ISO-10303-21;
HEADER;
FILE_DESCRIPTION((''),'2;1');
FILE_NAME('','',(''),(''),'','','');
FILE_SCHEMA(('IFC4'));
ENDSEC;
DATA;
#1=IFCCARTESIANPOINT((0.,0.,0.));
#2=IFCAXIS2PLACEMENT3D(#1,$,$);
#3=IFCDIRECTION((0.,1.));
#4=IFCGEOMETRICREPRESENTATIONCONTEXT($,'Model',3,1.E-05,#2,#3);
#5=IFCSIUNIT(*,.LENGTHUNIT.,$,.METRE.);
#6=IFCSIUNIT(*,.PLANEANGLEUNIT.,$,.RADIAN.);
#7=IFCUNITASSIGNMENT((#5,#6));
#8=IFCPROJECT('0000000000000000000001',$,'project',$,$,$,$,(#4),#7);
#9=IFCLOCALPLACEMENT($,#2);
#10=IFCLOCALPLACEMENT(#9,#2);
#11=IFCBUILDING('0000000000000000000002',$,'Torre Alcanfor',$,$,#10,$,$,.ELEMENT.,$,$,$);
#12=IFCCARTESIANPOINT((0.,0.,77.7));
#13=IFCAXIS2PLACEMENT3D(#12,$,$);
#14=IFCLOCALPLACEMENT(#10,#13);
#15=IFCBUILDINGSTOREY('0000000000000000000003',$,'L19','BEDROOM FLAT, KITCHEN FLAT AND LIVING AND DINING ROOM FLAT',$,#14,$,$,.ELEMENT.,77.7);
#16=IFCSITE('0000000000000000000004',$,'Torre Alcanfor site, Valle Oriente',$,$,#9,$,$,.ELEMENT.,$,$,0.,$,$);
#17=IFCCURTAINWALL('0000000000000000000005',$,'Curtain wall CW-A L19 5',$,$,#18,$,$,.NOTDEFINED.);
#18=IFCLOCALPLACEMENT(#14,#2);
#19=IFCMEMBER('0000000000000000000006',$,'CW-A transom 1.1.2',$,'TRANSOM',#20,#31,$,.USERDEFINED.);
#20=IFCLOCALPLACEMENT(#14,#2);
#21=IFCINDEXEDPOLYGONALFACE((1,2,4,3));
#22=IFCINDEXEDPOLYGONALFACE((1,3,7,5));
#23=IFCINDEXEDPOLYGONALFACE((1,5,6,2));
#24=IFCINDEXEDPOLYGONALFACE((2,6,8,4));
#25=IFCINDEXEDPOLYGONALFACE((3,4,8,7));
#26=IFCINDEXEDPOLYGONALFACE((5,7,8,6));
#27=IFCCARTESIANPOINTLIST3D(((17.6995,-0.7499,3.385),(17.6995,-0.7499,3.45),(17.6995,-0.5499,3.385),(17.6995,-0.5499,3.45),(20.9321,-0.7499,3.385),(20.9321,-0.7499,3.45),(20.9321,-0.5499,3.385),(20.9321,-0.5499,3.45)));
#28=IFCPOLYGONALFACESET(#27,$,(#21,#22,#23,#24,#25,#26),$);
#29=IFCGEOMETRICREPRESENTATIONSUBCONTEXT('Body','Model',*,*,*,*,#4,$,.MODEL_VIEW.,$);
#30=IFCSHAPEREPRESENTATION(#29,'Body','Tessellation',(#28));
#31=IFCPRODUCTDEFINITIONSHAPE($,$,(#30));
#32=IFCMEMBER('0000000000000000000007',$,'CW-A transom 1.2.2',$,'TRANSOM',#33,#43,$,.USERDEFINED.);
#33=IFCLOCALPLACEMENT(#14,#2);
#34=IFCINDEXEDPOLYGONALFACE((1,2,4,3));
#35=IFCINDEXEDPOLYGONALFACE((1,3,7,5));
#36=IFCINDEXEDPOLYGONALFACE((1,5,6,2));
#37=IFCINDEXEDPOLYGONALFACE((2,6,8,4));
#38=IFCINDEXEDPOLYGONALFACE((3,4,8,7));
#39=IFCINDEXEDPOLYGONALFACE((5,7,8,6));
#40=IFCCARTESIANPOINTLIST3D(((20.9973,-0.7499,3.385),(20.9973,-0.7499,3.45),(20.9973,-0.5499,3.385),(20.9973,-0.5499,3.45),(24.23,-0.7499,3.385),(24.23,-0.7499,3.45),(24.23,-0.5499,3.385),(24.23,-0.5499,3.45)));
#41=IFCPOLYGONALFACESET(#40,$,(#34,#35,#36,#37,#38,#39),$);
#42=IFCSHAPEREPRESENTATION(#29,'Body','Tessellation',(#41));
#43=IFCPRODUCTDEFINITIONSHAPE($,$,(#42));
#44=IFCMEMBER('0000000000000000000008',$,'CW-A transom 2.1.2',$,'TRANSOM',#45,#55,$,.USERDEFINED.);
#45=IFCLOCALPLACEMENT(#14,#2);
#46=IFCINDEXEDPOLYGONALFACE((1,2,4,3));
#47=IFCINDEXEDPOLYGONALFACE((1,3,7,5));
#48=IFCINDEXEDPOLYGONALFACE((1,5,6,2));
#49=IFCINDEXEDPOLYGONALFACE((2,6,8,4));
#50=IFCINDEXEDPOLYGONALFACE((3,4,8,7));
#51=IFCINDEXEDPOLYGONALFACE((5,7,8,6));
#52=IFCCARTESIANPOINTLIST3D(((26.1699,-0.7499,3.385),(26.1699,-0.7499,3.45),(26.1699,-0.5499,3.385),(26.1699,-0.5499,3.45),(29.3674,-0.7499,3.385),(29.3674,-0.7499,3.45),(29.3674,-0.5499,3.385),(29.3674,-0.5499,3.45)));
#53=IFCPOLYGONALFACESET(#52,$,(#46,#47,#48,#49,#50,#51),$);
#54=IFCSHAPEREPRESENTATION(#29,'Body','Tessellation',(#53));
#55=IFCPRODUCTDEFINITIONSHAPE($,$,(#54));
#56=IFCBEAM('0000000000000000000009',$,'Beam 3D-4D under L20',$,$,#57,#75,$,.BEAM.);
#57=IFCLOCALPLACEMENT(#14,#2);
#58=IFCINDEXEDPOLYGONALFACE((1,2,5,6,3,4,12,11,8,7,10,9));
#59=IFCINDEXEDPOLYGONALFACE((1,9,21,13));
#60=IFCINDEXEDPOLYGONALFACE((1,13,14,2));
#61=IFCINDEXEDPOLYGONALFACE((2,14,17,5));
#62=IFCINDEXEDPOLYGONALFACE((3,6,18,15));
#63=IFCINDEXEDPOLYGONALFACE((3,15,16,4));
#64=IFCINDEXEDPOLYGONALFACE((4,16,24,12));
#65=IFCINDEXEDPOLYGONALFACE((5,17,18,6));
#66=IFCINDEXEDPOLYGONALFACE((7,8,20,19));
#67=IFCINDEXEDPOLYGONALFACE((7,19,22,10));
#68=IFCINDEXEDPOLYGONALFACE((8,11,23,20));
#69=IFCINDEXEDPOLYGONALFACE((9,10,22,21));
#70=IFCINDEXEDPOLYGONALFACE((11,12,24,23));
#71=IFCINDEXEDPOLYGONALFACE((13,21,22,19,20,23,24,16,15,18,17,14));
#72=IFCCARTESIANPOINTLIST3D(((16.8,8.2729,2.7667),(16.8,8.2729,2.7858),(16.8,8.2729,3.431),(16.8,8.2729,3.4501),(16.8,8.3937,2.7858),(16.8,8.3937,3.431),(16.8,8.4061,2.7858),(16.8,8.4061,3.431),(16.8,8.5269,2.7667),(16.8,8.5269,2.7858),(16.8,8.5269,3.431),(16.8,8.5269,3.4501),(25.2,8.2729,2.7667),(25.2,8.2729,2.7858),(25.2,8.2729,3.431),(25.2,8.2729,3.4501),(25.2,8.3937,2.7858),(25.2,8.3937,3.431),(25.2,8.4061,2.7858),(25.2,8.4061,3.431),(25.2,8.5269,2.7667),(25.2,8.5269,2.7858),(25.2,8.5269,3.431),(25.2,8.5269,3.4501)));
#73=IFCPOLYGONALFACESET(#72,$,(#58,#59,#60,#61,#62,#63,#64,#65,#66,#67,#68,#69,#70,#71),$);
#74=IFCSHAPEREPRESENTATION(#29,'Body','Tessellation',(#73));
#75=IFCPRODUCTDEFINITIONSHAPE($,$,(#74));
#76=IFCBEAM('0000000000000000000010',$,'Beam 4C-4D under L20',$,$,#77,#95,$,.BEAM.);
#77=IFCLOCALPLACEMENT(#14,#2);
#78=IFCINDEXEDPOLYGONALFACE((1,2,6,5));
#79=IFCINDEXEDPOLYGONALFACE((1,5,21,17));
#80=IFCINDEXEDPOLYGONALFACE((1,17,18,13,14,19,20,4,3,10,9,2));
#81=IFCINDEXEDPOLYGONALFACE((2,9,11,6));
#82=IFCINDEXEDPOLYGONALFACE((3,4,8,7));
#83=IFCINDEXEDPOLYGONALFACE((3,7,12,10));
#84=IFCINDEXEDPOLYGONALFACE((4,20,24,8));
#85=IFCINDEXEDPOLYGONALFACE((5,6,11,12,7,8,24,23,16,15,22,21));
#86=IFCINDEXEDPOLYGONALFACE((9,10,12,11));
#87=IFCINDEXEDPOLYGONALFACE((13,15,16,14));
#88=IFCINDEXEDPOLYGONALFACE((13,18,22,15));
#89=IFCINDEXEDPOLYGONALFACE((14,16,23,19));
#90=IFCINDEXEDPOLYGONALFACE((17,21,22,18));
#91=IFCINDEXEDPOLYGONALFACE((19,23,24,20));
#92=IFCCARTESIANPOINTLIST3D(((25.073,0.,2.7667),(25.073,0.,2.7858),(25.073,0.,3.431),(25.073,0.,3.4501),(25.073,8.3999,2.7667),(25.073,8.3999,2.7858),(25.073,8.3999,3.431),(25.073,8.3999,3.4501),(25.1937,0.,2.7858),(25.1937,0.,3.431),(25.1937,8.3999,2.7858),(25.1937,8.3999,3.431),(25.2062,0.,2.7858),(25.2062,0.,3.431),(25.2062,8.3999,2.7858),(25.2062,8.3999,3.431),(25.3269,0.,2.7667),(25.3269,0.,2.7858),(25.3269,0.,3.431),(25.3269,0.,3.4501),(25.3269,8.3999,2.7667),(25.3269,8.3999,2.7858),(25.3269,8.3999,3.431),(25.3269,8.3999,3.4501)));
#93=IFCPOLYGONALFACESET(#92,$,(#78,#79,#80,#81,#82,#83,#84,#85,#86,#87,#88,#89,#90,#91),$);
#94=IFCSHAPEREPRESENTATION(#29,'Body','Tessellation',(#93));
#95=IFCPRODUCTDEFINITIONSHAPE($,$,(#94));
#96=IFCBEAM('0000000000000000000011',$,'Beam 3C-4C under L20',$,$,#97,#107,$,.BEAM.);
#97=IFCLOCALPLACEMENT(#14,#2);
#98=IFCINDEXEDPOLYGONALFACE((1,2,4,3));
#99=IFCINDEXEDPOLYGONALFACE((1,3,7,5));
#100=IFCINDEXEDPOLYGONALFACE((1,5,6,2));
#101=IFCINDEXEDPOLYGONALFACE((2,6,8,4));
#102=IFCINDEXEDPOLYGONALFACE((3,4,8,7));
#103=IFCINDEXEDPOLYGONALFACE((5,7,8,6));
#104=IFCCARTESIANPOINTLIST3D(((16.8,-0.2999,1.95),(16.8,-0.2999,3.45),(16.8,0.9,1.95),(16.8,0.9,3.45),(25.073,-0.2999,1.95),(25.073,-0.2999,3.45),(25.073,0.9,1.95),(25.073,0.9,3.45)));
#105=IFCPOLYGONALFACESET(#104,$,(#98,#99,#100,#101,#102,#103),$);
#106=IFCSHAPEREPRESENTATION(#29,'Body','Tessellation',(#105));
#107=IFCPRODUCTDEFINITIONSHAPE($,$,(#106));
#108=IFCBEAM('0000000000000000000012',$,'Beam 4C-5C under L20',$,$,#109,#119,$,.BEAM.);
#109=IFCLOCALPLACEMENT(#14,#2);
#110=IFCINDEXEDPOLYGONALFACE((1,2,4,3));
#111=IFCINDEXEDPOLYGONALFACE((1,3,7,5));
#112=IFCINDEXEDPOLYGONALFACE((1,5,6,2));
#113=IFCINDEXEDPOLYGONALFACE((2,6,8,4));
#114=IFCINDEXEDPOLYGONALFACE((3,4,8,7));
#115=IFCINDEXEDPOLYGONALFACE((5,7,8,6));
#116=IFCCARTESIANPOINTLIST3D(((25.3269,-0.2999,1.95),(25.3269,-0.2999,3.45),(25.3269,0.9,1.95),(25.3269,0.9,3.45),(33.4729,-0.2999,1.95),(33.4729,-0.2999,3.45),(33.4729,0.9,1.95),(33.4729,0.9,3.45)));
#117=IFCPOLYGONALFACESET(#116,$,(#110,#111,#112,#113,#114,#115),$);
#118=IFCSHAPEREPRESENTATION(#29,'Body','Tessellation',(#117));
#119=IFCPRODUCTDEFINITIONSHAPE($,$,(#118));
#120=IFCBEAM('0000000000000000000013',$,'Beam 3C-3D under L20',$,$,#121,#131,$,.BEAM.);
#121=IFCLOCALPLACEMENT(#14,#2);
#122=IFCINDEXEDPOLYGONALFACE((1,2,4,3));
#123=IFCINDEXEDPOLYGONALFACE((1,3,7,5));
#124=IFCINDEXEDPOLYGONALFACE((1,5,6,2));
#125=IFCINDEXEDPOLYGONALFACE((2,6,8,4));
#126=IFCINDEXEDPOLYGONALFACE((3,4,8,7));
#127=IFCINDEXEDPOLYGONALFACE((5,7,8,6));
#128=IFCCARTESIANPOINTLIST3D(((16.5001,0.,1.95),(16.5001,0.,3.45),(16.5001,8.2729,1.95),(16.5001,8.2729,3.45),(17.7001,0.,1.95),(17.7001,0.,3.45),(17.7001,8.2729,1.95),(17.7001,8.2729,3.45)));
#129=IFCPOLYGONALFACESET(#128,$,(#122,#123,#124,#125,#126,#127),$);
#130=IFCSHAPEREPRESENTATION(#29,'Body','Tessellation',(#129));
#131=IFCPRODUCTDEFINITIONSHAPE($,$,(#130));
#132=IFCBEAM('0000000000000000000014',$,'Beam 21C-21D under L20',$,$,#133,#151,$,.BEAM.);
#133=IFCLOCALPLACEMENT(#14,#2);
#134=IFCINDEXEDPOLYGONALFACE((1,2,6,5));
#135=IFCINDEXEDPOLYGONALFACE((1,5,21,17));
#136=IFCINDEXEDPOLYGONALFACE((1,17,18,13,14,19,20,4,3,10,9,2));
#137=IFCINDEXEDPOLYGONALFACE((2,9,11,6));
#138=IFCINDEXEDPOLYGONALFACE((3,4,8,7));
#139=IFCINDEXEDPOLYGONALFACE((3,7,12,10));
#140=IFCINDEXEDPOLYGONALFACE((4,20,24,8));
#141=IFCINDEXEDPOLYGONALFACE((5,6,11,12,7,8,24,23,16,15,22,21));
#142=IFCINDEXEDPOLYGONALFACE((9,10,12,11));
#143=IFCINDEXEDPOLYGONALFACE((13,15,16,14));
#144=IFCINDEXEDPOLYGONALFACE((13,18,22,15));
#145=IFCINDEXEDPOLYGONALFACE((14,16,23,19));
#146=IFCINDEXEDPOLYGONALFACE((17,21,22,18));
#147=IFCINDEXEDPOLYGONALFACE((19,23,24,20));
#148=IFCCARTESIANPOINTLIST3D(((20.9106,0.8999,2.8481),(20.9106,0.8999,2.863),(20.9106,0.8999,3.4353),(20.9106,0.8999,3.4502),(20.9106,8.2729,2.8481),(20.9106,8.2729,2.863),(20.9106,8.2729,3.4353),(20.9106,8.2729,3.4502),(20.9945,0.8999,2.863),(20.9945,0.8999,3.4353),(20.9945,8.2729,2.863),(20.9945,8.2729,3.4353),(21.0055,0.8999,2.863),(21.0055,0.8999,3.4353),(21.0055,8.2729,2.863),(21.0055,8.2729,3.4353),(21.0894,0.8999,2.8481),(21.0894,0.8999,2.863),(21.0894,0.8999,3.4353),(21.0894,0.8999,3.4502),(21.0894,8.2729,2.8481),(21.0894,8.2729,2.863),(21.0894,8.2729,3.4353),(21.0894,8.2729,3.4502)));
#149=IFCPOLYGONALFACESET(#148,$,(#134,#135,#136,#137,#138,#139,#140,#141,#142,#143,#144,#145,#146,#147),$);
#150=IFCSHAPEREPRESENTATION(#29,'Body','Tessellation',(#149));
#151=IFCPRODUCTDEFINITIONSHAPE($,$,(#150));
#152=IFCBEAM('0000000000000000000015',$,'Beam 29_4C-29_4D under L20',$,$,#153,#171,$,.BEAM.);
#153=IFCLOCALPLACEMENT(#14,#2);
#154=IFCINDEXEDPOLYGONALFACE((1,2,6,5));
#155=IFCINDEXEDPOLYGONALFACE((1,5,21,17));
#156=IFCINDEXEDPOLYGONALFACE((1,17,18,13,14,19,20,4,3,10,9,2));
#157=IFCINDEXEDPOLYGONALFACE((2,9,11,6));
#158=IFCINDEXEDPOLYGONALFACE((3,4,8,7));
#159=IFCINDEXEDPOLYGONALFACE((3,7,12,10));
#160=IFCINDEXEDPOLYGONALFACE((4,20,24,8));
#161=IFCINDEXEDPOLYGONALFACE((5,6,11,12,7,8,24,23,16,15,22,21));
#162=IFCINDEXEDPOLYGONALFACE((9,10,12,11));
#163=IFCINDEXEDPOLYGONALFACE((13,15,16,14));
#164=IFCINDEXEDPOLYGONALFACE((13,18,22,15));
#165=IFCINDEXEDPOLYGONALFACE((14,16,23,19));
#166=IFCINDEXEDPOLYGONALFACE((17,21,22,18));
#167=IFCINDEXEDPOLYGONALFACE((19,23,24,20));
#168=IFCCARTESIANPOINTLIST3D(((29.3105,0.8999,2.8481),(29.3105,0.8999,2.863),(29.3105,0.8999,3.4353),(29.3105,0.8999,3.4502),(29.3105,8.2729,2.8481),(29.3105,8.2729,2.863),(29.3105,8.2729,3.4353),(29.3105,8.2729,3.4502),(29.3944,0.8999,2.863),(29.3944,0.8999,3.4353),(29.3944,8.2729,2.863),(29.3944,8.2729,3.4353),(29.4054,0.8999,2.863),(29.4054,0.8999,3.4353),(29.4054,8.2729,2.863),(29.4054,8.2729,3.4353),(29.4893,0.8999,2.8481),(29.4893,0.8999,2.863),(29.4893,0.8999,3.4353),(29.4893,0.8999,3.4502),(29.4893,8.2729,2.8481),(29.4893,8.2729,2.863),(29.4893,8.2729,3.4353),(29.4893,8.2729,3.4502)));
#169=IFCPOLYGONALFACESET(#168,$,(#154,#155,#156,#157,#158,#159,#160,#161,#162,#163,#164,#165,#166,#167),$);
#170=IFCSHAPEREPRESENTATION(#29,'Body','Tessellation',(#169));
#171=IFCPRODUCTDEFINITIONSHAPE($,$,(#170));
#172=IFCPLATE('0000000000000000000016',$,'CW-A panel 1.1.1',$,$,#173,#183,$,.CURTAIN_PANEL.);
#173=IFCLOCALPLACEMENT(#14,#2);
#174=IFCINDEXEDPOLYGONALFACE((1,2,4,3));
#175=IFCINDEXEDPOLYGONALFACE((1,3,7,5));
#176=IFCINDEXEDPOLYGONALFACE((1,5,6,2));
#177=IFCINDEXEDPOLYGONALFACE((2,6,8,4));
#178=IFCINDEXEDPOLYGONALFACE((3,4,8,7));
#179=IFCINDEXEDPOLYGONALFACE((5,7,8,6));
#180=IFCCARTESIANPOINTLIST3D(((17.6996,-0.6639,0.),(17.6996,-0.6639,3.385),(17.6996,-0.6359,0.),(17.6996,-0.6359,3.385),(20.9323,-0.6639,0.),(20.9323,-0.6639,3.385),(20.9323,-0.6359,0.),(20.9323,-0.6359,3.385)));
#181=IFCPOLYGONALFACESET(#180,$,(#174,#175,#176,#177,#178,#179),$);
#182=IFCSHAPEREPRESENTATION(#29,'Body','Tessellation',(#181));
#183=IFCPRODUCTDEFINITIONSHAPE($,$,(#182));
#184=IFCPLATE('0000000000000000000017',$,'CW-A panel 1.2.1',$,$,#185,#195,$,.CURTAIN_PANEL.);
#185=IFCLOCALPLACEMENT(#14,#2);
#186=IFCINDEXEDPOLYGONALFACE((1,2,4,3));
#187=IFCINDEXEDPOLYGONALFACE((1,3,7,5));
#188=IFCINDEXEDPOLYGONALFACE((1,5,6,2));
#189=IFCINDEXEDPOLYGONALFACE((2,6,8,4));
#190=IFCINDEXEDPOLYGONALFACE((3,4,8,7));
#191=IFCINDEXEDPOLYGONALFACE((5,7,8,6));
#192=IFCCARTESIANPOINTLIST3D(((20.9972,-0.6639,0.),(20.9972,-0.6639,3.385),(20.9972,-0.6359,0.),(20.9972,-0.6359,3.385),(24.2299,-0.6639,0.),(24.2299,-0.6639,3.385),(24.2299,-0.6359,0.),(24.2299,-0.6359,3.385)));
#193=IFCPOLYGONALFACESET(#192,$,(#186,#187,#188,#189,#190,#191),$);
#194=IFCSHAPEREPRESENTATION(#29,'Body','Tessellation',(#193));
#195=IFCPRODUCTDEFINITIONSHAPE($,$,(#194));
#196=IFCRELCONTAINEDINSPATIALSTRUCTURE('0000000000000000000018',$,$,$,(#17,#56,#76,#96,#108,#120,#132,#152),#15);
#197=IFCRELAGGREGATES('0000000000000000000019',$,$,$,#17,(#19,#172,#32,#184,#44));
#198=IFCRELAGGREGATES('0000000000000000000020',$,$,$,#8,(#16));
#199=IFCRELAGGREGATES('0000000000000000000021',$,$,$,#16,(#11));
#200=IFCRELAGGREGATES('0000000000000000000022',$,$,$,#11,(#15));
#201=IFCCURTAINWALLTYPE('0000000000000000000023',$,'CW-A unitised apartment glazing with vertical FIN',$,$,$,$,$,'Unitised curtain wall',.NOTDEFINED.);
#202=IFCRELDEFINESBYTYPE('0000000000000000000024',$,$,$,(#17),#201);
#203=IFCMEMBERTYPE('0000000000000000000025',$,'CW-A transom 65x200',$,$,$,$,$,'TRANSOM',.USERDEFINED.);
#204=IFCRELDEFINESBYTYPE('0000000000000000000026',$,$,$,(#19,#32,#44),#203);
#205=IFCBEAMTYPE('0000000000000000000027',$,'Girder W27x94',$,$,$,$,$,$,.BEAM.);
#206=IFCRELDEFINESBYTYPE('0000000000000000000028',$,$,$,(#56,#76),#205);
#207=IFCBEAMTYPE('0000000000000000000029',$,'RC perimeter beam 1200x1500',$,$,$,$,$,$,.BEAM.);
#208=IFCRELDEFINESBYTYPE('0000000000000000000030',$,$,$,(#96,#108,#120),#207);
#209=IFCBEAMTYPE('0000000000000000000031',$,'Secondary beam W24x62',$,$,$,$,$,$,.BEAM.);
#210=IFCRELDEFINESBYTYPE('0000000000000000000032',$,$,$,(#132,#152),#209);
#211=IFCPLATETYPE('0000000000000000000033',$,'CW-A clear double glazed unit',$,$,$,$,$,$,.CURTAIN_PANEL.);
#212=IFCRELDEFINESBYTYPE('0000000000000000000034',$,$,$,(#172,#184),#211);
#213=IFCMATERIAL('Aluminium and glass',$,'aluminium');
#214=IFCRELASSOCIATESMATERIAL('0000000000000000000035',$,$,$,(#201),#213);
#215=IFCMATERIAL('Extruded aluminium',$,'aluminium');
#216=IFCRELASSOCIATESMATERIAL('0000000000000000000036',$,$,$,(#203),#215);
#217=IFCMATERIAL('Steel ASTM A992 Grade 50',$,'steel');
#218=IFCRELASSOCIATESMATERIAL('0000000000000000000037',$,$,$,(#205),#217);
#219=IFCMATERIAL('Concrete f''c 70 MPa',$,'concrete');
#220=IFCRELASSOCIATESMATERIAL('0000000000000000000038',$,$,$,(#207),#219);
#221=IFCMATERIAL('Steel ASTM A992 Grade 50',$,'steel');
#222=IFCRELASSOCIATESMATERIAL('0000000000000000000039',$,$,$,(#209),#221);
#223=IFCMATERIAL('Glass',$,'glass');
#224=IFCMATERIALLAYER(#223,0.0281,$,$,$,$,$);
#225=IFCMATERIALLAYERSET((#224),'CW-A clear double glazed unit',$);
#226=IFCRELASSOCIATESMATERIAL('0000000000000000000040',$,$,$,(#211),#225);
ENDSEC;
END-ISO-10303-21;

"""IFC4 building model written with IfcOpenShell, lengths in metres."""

from ifc_helpers import new_model, si_unit, direction, frame, origin, origin_2d, place, context, subcontext, project, spatial, rectangle, i_section, extrude, material, layer, layer_set, material_profile, profile_set, type_object, element, aggregate, save


model = new_model("IFC4")

# Units and contexts
model_context = context("Model", 3, precision=1e-05, world=origin(), true_north=direction((0.0, 1.0)))
body_context = subcontext(model_context, "Body", "Model", "MODEL_VIEW")
ifc_project = project(units=[si_unit("LENGTHUNIT", "METRE"), si_unit("PLANEANGLEUNIT", "RADIAN")], contexts=[model_context])

# Site, building, storey
site_placement = place(None, origin())
site = spatial("IfcSite", under=ifc_project, at=site_placement, Name="Torre Alcanfor site, Valle Oriente", CompositionType="ELEMENT", RefElevation=0.0)
building_placement = place(site_placement, origin())
building = spatial("IfcBuilding", under=site, at=building_placement, Name="Torre Alcanfor", CompositionType="ELEMENT")
storey_placement = place(building_placement, frame((0.0, 0.0, 77.7)))
storey = spatial("IfcBuildingStorey", under=building, at=storey_placement, Name="L19", Description="BEDROOM FLAT, KITCHEN FLAT AND LIVING AND DINING ROOM FLAT", CompositionType="ELEMENT", Elevation=77.7)

# Curtain wall, members
ifc_material_1 = material(Name="Aluminium and glass", Category="aluminium")
curtain_wall_type = type_object("IfcCurtainWallType", Name="CW-A unitised apartment glazing with vertical FIN", ElementType="Unitised curtain wall", PredefinedType="NOTDEFINED", material=ifc_material_1)
curtain_wall_placement = place(storey_placement, origin())
curtain_wall = element("IfcCurtainWall", 1, at=curtain_wall_placement, inside=storey, type_object=curtain_wall_type, Name="Curtain wall CW-A L19 5", PredefinedType="NOTDEFINED")
ifc_material_2 = material(Name="Extruded aluminium", Category="aluminium")
ifc_material_profile_1 = material_profile(ifc_material_2, rectangle(XDim=0.2, YDim=0.0649, at=origin_2d()), Name="CW-A transom 200x65")
ifc_profile_set_1 = profile_set([ifc_material_profile_1], Name="Extruded aluminium")
member_type_1 = type_object("IfcMemberType", Name="CW-A transom 65x200", ElementType="TRANSOM", PredefinedType="USERDEFINED", material=ifc_profile_set_1)
member_1_placement = place(storey_placement, frame((17.6995, -0.6499, 3.4175), z_axis=(1.0, 0.0, 0.0), x_axis=(0.0, 1.0, 0.0)))
member_1 = element("IfcMember", 2, at=member_1_placement, type_object=member_type_1, Name="CW-A transom 1.1.2", ObjectType="TRANSOM", PredefinedType="USERDEFINED", context=body_context, shape_type="SweptSolid", body=[
    extrude(rectangle(XDim=0.2, YDim=0.0649, at=origin_2d()), origin(), (0.0, 0.0, 1.0), 3.2327),
])
member_2_placement = place(storey_placement, frame((20.9973, -0.6499, 3.4175), z_axis=(1.0, 0.0, 0.0), x_axis=(0.0, 1.0, 0.0)))
member_2 = element("IfcMember", 3, at=member_2_placement, type_object=member_type_1, Name="CW-A transom 1.2.2", ObjectType="TRANSOM", PredefinedType="USERDEFINED", context=body_context, shape_type="SweptSolid", body=[
    extrude(rectangle(XDim=0.2, YDim=0.0649, at=origin_2d()), origin(), (0.0, 0.0, 1.0), 3.2327),
])
member_3_placement = place(storey_placement, frame((26.1699, -0.6499, 3.4175), z_axis=(1.0, 0.0, 0.0), x_axis=(0.0, 1.0, 0.0)))
member_3 = element("IfcMember", 4, at=member_3_placement, type_object=member_type_1, Name="CW-A transom 2.1.2", ObjectType="TRANSOM", PredefinedType="USERDEFINED", context=body_context, shape_type="SweptSolid", body=[
    extrude(rectangle(XDim=0.2, YDim=0.0649, at=origin_2d()), origin(), (0.0, 0.0, 1.0), 3.1975),
])

# Beams
ifc_material_3 = material(Name="Steel ASTM A992 Grade 50", Category="steel")
ifc_material_profile_2 = material_profile(ifc_material_3, i_section(OverallWidth=0.2539, OverallDepth=0.6833, WebThickness=0.0125, FlangeThickness=0.019, at=origin_2d()), Name="W27x94")
ifc_profile_set_2 = profile_set([ifc_material_profile_2], Name="Steel ASTM A992 Grade 50")
beam_type_1 = type_object("IfcBeamType", Name="Girder W27x94", PredefinedType="BEAM", material=ifc_profile_set_2)
for number, where, z_axis, x_axis, name in (
    (5, (16.8, 8.3999, 3.1084), (1.0, 0.0, 0.0), (0.0, 1.0, 0.0), "Beam 3D-4D under L20"),
    (6, (25.2, 0.0, 3.1084), (0.0, 1.0, 0.0), (-1.0, 0.0, 0.0), "Beam 4C-4D under L20"),
):
    element("IfcBeam", number, at=place(storey_placement, frame(where, z_axis=z_axis, x_axis=x_axis)), inside=storey, type_object=beam_type_1, Name=name, PredefinedType="BEAM", context=body_context, shape_type="SweptSolid", body=[
        extrude(i_section(OverallWidth=0.2539, OverallDepth=0.6833, WebThickness=0.0125, FlangeThickness=0.019, at=origin_2d()), origin(), (0.0, 0.0, 1.0), 8.3999),
    ])
ifc_material_4 = material(Name="Concrete f'c 70 MPa", Category="concrete")
ifc_material_profile_3 = material_profile(ifc_material_4, rectangle(XDim=1.2, YDim=1.5, at=origin_2d()), Name="1200x1500")
ifc_profile_set_3 = profile_set([ifc_material_profile_3], Name="Concrete f'c 70 MPa")
beam_type_2 = type_object("IfcBeamType", Name="RC perimeter beam 1200x1500", PredefinedType="BEAM", material=ifc_profile_set_3)
beam_1_placement = place(storey_placement, frame((16.8, 0.3, 2.7), z_axis=(1.0, 0.0, 0.0), x_axis=(0.0, 1.0, 0.0)))
element("IfcBeam", 7, at=beam_1_placement, inside=storey, type_object=beam_type_2, Name="Beam 3C-4C under L20", PredefinedType="BEAM", context=body_context, shape_type="SweptSolid", body=[
    extrude(rectangle(XDim=1.2, YDim=1.5, at=origin_2d()), origin(), (0.0, 0.0, 1.0), 8.2729),
])
beam_2_placement = place(storey_placement, frame((25.3269, 0.3, 2.7), z_axis=(1.0, 0.0, 0.0), x_axis=(0.0, 1.0, 0.0)))
element("IfcBeam", 8, at=beam_2_placement, inside=storey, type_object=beam_type_2, Name="Beam 4C-5C under L20", PredefinedType="BEAM", context=body_context, shape_type="SweptSolid", body=[
    extrude(rectangle(XDim=1.2, YDim=1.5, at=origin_2d()), origin(), (0.0, 0.0, 1.0), 8.146),
])
beam_3_placement = place(storey_placement, frame((17.1001, 0.0, 2.7), z_axis=(0.0, 1.0, 0.0), x_axis=(-1.0, 0.0, 0.0)))
element("IfcBeam", 9, at=beam_3_placement, inside=storey, type_object=beam_type_2, Name="Beam 3C-3D under L20", PredefinedType="BEAM", context=body_context, shape_type="SweptSolid", body=[
    extrude(rectangle(XDim=1.2, YDim=1.5, at=origin_2d()), origin(), (0.0, 0.0, 1.0), 8.2729),
])
ifc_material_5 = material(Name="Steel ASTM A992 Grade 50", Category="steel")
ifc_material_profile_4 = material_profile(ifc_material_5, i_section(OverallWidth=0.1787, OverallDepth=0.6021, WebThickness=0.011, FlangeThickness=0.0149, at=origin_2d()), Name="W24x62")
ifc_profile_set_4 = profile_set([ifc_material_profile_4], Name="Steel ASTM A992 Grade 50")
beam_type_3 = type_object("IfcBeamType", Name="Secondary beam W24x62", PredefinedType="BEAM", material=ifc_profile_set_4)
for number, where, z_axis, x_axis, name in (
    (10, (21.0, 0.8999, 3.1492), (0.0, 1.0, 0.0), (-1.0, 0.0, 0.0), "Beam 21C-21D under L20"),
    (11, (29.3999, 0.8999, 3.1492), (0.0, 1.0, 0.0), (-1.0, 0.0, 0.0), "Beam 29_4C-29_4D under L20"),
):
    element("IfcBeam", number, at=place(storey_placement, frame(where, z_axis=z_axis, x_axis=x_axis)), inside=storey, type_object=beam_type_3, Name=name, PredefinedType="BEAM", context=body_context, shape_type="SweptSolid", body=[
        extrude(i_section(OverallWidth=0.1787, OverallDepth=0.6021, WebThickness=0.011, FlangeThickness=0.0149, at=origin_2d()), origin(), (0.0, 0.0, 1.0), 7.373),
    ])

# Plates
ifc_material_6 = material(Name="Glass", Category="glass")
ifc_layer_1 = layer(ifc_material_6, 0.0281)
ifc_layer_set_1 = layer_set([ifc_layer_1], Name="CW-A clear double glazed unit")
plate_type = type_object("IfcPlateType", Name="CW-A clear double glazed unit", PredefinedType="CURTAIN_PANEL", material=ifc_layer_set_1)
plate_1_placement = place(storey_placement, frame((19.3159, -0.6499, 0.0), z_axis=(0.0, 0.0, 1.0), x_axis=(1.0, 0.0, 0.0)))
plate_1 = element("IfcPlate", 12, at=plate_1_placement, type_object=plate_type, Name="CW-A panel 1.1.1", PredefinedType="CURTAIN_PANEL", context=body_context, shape_type="SweptSolid", body=[
    extrude(rectangle(XDim=3.2327, YDim=0.0281, at=origin_2d()), origin(), (0.0, 0.0, 1.0), 3.385),
])
plate_2_placement = place(storey_placement, frame((22.6135, -0.6499, 0.0), z_axis=(0.0, 0.0, 1.0), x_axis=(1.0, 0.0, 0.0)))
plate_2 = element("IfcPlate", 13, at=plate_2_placement, type_object=plate_type, Name="CW-A panel 1.2.1", PredefinedType="CURTAIN_PANEL", context=body_context, shape_type="SweptSolid", body=[
    extrude(rectangle(XDim=3.2327, YDim=0.0281, at=origin_2d()), origin(), (0.0, 0.0, 1.0), 3.385),
])
aggregate(curtain_wall, [member_1, plate_1, member_2, plate_2, member_3])

save(model, "model.ifc")
